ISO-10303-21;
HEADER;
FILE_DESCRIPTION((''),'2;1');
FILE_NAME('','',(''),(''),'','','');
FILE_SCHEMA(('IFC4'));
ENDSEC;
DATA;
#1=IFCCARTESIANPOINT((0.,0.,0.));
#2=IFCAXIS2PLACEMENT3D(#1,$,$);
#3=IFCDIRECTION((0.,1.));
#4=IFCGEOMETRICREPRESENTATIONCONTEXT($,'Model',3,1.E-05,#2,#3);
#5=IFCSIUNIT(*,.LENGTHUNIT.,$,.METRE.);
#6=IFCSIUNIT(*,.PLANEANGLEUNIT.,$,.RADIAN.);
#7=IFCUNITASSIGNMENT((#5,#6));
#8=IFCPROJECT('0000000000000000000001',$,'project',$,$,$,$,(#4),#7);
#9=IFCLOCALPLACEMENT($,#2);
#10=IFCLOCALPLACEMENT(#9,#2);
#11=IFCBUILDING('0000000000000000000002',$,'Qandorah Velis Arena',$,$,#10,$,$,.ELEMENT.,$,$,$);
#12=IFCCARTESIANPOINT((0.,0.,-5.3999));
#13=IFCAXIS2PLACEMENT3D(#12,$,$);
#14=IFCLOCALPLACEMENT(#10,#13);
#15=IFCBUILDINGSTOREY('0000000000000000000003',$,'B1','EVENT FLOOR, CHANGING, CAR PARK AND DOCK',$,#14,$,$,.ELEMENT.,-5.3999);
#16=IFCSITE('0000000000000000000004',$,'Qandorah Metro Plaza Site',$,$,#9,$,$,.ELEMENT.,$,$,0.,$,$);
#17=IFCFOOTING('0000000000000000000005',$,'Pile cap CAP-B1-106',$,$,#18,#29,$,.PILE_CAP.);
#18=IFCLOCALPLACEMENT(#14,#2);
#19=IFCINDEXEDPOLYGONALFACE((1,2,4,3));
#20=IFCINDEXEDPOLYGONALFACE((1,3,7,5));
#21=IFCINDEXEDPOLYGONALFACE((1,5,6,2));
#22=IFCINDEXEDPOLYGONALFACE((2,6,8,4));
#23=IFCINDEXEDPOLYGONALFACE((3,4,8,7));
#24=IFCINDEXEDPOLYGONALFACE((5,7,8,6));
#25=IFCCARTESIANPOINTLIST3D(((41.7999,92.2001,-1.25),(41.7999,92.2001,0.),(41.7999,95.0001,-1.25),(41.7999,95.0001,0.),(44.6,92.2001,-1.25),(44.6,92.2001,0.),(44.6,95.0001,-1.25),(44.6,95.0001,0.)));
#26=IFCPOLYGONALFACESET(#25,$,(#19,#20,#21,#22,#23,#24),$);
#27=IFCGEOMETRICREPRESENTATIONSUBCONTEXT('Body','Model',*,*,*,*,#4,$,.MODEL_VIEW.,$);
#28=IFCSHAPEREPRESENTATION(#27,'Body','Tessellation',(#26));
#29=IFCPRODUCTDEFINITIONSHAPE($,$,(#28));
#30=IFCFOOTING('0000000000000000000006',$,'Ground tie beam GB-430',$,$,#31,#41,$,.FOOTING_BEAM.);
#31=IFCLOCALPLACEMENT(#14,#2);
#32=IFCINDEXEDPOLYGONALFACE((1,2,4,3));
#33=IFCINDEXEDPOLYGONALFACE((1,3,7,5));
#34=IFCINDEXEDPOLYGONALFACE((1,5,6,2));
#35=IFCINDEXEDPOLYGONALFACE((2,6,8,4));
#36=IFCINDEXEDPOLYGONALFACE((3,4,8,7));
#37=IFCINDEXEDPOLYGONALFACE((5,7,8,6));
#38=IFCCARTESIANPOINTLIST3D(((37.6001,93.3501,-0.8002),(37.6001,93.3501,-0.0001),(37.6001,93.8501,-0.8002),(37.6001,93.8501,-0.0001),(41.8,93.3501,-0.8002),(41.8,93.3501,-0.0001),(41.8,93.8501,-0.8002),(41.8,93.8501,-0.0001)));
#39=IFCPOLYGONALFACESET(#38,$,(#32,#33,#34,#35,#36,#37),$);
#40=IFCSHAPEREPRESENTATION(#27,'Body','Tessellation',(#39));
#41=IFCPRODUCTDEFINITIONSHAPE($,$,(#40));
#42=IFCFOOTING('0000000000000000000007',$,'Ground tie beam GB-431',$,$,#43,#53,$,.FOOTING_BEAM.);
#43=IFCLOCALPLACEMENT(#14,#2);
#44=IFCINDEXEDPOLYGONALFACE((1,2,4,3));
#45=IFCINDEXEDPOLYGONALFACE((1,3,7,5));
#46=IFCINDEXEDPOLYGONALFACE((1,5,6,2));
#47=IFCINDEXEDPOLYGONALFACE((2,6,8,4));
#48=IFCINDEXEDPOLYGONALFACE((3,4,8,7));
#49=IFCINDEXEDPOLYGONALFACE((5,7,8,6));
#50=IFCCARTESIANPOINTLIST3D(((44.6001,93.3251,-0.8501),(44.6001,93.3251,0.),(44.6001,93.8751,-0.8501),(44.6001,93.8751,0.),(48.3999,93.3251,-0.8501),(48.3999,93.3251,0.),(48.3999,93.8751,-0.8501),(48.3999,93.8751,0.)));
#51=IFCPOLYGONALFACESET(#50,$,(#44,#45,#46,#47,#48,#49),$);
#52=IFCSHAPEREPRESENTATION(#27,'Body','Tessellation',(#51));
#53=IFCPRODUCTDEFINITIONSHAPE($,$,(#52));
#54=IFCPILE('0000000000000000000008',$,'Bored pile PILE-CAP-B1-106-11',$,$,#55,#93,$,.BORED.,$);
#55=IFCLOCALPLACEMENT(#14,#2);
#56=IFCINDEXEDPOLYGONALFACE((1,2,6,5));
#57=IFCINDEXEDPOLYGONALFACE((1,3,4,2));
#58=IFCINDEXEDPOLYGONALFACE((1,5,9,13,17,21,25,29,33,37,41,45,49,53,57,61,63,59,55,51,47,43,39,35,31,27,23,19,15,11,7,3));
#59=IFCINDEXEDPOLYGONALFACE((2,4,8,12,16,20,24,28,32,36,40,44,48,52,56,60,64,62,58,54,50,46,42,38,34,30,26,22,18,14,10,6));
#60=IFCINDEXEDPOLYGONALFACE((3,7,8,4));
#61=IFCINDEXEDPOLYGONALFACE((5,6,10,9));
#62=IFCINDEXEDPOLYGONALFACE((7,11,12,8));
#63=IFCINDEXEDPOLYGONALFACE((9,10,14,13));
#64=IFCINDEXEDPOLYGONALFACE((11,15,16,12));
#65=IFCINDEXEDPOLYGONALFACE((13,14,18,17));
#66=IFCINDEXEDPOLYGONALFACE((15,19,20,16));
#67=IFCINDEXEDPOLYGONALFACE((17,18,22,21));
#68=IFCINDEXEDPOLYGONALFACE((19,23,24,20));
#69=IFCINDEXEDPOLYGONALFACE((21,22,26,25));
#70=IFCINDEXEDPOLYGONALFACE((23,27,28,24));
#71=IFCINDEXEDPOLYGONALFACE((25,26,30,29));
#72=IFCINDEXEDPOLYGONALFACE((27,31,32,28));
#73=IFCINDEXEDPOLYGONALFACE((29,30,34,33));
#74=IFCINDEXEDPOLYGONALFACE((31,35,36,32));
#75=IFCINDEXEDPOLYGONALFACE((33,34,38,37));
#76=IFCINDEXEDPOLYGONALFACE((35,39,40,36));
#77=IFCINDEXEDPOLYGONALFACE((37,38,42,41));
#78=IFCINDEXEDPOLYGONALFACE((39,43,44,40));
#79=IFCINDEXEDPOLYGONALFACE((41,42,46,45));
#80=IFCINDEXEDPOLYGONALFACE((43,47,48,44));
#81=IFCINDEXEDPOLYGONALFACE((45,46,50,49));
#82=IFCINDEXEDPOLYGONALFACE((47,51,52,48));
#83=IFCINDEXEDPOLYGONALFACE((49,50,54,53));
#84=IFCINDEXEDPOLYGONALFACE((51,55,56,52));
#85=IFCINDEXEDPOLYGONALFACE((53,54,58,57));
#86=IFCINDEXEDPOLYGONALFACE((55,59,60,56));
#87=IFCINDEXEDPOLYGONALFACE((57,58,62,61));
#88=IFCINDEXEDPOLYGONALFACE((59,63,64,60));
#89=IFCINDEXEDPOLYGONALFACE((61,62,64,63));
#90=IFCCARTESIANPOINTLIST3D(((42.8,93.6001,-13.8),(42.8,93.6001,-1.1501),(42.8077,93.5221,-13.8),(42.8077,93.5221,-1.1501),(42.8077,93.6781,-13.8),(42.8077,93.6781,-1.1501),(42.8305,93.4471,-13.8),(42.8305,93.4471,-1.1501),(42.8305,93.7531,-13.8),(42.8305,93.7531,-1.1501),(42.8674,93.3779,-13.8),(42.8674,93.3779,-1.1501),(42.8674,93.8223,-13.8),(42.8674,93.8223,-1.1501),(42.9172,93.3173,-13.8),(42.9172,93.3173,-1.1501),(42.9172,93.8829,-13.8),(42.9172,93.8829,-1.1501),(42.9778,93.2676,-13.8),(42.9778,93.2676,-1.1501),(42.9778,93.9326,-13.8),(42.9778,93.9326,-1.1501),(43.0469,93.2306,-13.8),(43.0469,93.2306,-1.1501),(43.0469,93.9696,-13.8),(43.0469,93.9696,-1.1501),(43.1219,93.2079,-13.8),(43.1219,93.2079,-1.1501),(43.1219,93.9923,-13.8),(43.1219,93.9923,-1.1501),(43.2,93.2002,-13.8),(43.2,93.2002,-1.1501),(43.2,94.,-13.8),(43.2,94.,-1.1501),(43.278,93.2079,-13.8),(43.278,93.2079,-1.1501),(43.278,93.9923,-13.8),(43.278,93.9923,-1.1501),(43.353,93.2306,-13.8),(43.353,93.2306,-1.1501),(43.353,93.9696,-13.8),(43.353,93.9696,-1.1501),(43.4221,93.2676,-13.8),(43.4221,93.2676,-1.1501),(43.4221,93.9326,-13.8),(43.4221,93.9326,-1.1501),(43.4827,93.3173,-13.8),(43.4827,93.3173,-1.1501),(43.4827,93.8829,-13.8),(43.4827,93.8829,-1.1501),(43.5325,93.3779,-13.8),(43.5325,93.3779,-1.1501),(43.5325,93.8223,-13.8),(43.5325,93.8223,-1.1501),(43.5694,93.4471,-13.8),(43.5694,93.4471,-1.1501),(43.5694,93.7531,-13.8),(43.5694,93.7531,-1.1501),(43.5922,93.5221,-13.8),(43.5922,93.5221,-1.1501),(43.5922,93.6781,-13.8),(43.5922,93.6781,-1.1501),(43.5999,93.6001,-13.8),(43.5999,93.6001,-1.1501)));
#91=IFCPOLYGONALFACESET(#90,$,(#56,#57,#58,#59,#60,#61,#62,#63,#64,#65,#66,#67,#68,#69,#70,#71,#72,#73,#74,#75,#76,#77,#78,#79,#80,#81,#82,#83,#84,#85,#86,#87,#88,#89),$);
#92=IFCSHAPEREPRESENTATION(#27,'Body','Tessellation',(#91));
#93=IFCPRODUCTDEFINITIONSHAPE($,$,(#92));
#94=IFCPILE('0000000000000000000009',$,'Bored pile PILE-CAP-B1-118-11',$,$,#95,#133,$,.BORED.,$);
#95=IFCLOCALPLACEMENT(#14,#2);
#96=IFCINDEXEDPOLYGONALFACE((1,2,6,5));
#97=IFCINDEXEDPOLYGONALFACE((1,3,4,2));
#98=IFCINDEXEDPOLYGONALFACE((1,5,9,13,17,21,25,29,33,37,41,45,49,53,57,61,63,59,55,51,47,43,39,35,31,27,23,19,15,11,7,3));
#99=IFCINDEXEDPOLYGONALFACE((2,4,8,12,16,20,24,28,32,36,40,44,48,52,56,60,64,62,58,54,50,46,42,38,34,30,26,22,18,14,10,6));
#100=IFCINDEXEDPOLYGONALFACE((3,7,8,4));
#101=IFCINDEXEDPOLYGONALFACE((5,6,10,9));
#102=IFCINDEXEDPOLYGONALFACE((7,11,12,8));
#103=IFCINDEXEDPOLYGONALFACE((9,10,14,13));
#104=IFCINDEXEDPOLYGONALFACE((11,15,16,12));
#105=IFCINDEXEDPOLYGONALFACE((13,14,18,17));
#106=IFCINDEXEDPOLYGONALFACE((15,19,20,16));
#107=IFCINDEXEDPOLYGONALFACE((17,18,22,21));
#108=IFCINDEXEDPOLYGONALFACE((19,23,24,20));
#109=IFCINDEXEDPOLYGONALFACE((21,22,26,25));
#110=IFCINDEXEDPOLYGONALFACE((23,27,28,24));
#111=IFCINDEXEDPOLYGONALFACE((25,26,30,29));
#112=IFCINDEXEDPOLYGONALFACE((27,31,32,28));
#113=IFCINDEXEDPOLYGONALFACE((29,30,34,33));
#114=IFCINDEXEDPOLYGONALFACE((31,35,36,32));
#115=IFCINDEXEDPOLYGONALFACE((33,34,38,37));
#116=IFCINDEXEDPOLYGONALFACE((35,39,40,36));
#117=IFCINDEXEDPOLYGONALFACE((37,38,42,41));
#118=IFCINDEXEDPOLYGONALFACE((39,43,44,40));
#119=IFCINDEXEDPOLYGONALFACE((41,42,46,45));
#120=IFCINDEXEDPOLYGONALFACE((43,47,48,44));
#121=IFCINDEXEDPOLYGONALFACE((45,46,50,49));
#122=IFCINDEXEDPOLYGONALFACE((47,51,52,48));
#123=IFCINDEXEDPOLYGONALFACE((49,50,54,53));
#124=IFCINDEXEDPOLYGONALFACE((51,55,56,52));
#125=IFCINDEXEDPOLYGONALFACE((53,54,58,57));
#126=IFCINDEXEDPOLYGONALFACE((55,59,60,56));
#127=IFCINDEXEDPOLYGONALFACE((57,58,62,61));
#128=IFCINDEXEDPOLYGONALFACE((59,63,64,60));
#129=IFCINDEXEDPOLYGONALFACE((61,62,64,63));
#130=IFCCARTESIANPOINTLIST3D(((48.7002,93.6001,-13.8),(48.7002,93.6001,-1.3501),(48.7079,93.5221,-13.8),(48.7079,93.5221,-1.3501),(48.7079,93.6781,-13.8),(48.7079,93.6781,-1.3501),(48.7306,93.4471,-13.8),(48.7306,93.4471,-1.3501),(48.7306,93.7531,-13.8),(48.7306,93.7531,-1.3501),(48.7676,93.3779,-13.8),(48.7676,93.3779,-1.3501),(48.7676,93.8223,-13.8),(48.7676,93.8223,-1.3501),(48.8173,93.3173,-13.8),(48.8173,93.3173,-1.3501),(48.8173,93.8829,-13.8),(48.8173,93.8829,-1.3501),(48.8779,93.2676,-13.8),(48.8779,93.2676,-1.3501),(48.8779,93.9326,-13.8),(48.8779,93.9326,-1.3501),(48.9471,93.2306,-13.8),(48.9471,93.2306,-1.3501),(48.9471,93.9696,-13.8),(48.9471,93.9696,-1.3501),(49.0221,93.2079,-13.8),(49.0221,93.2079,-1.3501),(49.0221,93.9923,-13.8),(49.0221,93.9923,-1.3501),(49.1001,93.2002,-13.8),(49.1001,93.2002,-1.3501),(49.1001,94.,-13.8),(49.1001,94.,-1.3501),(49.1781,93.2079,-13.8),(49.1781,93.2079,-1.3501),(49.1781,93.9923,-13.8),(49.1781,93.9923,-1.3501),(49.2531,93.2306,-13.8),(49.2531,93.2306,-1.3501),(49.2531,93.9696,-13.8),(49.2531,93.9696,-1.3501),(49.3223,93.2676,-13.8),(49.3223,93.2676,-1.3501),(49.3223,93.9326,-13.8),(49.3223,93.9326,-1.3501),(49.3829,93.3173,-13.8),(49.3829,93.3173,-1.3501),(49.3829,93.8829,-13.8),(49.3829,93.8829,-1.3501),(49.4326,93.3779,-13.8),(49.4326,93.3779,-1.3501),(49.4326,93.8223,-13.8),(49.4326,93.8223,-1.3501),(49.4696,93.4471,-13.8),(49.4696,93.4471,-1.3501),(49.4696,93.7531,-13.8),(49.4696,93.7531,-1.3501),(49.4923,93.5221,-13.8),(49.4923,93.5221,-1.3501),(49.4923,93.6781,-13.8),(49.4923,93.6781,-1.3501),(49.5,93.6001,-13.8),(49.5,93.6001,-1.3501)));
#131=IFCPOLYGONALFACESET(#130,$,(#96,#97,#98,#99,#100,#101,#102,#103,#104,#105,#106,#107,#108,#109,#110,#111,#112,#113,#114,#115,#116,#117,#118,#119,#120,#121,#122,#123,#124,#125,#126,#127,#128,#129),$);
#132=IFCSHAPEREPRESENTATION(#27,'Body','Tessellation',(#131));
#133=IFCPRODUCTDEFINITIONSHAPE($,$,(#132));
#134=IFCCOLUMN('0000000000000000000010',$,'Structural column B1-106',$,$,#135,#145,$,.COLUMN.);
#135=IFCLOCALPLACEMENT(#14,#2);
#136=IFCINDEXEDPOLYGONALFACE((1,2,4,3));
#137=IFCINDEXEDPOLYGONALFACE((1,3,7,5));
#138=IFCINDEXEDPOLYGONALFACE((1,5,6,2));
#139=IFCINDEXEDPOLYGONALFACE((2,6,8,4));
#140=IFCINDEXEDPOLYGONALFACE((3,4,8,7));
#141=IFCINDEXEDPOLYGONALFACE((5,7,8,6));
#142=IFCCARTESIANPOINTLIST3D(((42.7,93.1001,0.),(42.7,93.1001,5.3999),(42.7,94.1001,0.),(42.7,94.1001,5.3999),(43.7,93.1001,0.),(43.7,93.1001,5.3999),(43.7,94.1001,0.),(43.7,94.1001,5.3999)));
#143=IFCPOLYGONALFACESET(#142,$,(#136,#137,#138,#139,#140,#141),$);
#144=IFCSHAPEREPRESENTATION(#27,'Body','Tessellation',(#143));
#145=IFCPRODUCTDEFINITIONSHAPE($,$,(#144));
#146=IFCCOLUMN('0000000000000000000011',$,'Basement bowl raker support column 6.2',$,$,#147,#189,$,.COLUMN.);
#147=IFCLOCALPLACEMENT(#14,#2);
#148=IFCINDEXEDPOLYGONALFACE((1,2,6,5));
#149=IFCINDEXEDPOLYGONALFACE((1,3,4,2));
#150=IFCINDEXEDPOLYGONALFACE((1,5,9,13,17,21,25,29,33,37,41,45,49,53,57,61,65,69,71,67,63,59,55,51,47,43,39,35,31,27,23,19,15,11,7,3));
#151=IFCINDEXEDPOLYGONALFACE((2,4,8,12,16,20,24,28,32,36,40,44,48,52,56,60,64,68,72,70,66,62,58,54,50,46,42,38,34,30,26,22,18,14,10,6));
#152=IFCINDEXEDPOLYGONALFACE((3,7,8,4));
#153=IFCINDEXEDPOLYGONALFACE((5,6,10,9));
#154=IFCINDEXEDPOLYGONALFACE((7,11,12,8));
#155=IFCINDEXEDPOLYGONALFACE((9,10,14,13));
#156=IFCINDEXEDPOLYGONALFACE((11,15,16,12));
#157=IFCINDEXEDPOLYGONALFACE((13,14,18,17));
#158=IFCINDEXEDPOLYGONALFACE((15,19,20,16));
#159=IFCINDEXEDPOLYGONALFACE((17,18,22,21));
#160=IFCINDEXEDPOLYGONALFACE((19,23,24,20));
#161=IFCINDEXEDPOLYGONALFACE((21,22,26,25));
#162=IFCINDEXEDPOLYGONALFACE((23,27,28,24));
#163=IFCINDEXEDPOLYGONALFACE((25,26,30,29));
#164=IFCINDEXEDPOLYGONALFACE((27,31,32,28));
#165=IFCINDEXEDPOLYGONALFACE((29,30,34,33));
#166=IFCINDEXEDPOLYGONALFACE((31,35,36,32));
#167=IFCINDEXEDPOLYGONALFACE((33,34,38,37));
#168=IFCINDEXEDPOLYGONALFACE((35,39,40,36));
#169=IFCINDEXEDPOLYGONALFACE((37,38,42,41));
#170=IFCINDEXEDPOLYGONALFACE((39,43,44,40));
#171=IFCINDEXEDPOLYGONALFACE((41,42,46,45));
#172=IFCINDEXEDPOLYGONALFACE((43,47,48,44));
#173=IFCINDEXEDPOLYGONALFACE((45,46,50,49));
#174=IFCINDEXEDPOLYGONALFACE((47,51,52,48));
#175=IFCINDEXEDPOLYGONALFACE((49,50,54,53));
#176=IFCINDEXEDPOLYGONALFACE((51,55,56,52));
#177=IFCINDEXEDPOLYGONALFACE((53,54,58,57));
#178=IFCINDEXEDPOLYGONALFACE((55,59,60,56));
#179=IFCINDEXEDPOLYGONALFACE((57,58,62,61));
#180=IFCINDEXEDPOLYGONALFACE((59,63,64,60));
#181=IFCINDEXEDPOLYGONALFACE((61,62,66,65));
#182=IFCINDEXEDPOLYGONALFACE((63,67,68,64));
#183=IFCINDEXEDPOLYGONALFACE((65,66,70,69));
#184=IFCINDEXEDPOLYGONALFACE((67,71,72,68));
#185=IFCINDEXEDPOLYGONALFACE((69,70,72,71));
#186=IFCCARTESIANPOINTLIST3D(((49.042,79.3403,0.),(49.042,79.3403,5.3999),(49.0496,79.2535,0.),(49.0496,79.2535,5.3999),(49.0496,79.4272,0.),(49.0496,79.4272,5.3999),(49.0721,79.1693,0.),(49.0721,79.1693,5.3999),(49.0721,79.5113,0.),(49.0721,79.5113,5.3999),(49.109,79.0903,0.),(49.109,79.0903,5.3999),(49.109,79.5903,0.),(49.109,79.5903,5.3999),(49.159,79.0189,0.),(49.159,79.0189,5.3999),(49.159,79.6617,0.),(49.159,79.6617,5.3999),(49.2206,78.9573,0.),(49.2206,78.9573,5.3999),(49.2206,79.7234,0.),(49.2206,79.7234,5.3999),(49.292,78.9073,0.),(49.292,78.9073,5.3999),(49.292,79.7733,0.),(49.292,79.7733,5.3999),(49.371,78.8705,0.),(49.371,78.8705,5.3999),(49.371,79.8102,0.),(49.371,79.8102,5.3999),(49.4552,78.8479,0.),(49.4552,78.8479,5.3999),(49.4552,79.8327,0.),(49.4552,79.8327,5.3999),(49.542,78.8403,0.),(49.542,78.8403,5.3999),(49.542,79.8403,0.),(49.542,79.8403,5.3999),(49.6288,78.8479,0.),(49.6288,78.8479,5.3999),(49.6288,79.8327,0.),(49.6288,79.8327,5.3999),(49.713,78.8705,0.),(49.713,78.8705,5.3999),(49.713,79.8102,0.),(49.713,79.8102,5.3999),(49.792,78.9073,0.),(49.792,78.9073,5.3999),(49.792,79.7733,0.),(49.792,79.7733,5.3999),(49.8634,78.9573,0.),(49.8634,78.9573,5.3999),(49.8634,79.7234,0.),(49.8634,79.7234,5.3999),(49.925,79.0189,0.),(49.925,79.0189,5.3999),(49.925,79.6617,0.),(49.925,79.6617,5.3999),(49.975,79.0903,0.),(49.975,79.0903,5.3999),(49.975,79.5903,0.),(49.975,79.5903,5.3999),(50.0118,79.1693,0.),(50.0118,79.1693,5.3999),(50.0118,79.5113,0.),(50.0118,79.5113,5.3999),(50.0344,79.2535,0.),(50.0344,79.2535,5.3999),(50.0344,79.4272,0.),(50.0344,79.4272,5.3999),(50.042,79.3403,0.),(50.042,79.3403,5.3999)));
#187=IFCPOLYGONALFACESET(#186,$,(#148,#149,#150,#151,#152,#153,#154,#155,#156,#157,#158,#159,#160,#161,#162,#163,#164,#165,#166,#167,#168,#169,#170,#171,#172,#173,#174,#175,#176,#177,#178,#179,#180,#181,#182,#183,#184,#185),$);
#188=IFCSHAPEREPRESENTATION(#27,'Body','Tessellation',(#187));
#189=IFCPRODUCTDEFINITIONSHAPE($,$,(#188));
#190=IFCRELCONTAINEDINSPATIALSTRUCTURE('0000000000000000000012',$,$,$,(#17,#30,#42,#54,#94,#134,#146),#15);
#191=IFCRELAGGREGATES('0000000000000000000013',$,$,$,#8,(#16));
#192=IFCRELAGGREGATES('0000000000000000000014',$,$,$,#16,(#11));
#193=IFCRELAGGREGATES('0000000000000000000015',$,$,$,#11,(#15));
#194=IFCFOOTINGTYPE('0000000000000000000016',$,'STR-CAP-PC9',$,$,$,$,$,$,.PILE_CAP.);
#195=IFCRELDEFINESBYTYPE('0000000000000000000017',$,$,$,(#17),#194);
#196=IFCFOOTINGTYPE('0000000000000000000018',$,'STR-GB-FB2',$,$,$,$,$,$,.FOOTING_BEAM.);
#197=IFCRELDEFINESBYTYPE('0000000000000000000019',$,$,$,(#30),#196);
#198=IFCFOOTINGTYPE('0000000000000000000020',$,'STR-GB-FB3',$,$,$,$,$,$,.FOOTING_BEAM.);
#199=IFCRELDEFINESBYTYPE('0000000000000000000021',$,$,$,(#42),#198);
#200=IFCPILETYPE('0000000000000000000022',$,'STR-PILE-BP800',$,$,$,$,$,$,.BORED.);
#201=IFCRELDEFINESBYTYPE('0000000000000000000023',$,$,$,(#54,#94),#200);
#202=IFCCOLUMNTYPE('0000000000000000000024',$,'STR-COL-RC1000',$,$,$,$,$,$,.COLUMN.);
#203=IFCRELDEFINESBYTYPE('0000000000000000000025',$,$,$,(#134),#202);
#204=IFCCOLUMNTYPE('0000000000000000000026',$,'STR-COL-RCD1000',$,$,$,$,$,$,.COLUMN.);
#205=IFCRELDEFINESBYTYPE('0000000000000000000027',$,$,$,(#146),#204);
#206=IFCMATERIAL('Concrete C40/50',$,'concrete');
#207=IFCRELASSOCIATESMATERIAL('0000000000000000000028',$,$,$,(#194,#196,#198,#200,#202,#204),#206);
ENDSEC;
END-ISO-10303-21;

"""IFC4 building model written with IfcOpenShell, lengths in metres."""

from ifc_helpers import new_model, si_unit, direction, frame, origin, origin_2d, place, context, subcontext, project, spatial, rectangle, circle, extrude, material, material_profile, profile_set, type_object, element, save


model = new_model("IFC4")

# Units and contexts
model_context = context("Model", 3, precision=1e-05, world=origin(), true_north=direction((0.0, 1.0)))
body_context = subcontext(model_context, "Body", "Model", "MODEL_VIEW")
ifc_project = project(units=[si_unit("LENGTHUNIT", "METRE"), si_unit("PLANEANGLEUNIT", "RADIAN")], contexts=[model_context])

# Site, building, storey
site_placement = place(None, origin())
site = spatial("IfcSite", under=ifc_project, at=site_placement, Name="Qandorah Metro Plaza Site", CompositionType="ELEMENT", RefElevation=0.0)
building_placement = place(site_placement, origin())
building = spatial("IfcBuilding", under=site, at=building_placement, Name="Qandorah Velis Arena", CompositionType="ELEMENT")
storey_placement = place(building_placement, frame((0.0, 0.0, -5.3999)))
storey = spatial("IfcBuildingStorey", under=building, at=storey_placement, Name="B1", Description="EVENT FLOOR, CHANGING, CAR PARK AND DOCK", CompositionType="ELEMENT", Elevation=-5.3999)

# Footings
ifc_material = material(Name="Concrete C40/50", Category="concrete")
footing_type_1 = type_object("IfcFootingType", Name="STR-CAP-PC9", PredefinedType="PILE_CAP", material=ifc_material)
footing_1_placement = place(storey_placement, frame((43.2, 93.6001, -1.25), z_axis=(0.0, 0.0, 1.0), x_axis=(1.0, 0.0, 0.0)))
element("IfcFooting", 1, at=footing_1_placement, inside=storey, type_object=footing_type_1, Name="Pile cap CAP-B1-106", PredefinedType="PILE_CAP", context=body_context, shape_type="SweptSolid", body=[
    extrude(rectangle(XDim=2.8, YDim=2.8, at=origin_2d()), origin(), (0.0, 0.0, 1.0), 1.25),
])
ifc_material_profile_1 = material_profile(ifc_material, rectangle(XDim=0.5, YDim=0.8, at=origin_2d()), Name="GB2 500x800")
ifc_profile_set_1 = profile_set([ifc_material_profile_1], Name="Concrete C40/50")
footing_type_2 = type_object("IfcFootingType", Name="STR-GB-FB2", PredefinedType="FOOTING_BEAM", material=ifc_profile_set_1)
footing_2_placement = place(storey_placement, frame((37.6001, 93.6001, -0.4001), z_axis=(1.0, 0.0, 0.0), x_axis=(0.0, 1.0, 0.0)))
element("IfcFooting", 2, at=footing_2_placement, inside=storey, type_object=footing_type_2, Name="Ground tie beam GB-430", PredefinedType="FOOTING_BEAM", context=body_context, shape_type="SweptSolid", body=[
    extrude(rectangle(XDim=0.5, YDim=0.8, at=origin_2d()), origin(), (0.0, 0.0, 1.0), 4.2),
])
ifc_material_profile_2 = material_profile(ifc_material, rectangle(XDim=0.55, YDim=0.8501, at=origin_2d()), Name="GB3 550x850")
ifc_profile_set_2 = profile_set([ifc_material_profile_2], Name="Concrete C40/50")
footing_type_3 = type_object("IfcFootingType", Name="STR-GB-FB3", PredefinedType="FOOTING_BEAM", material=ifc_profile_set_2)
footing_3_placement = place(storey_placement, frame((44.6001, 93.6001, -0.425), z_axis=(1.0, 0.0, 0.0), x_axis=(0.0, 1.0, 0.0)))
element("IfcFooting", 3, at=footing_3_placement, inside=storey, type_object=footing_type_3, Name="Ground tie beam GB-431", PredefinedType="FOOTING_BEAM", context=body_context, shape_type="SweptSolid", body=[
    extrude(rectangle(XDim=0.55, YDim=0.8501, at=origin_2d()), origin(), (0.0, 0.0, 1.0), 3.7998),
])

# Piles
ifc_material_profile_3 = material_profile(ifc_material, circle(Radius=0.3999, at=origin_2d()), Name="BORED PILE D800")
ifc_profile_set_3 = profile_set([ifc_material_profile_3], Name="Concrete C40/50")
pile_type = type_object("IfcPileType", Name="STR-PILE-BP800", PredefinedType="BORED", material=ifc_profile_set_3)
pile_1_placement = place(storey_placement, frame((43.2, 93.6001, -1.1501), z_axis=(0.0, 0.0, -1.0), x_axis=(1.0, 0.0, 0.0)))
element("IfcPile", 4, at=pile_1_placement, inside=storey, type_object=pile_type, Name="Bored pile PILE-CAP-B1-106-11", PredefinedType="BORED", context=body_context, shape_type="SweptSolid", body=[
    extrude(circle(Radius=0.3999, at=origin_2d()), origin(), (0.0, 0.0, 1.0), 12.6499),
])
pile_2_placement = place(storey_placement, frame((49.1001, 93.6001, -1.3501), z_axis=(0.0, 0.0, -1.0), x_axis=(1.0, 0.0, 0.0)))
element("IfcPile", 5, at=pile_2_placement, inside=storey, type_object=pile_type, Name="Bored pile PILE-CAP-B1-118-11", PredefinedType="BORED", context=body_context, shape_type="SweptSolid", body=[
    extrude(circle(Radius=0.3999, at=origin_2d()), origin(), (0.0, 0.0, 1.0), 12.45),
])

# Columns
ifc_material_profile_4 = material_profile(ifc_material, rectangle(XDim=1.0, YDim=1.0, at=origin_2d()), Name="RC COL 1000x1000")
ifc_profile_set_4 = profile_set([ifc_material_profile_4], Name="Concrete C40/50")
column_type_1 = type_object("IfcColumnType", Name="STR-COL-RC1000", PredefinedType="COLUMN", material=ifc_profile_set_4)
column_1_placement = place(storey_placement, frame((43.2, 93.6001, 0.0), z_axis=(0.0, 0.0, 1.0), x_axis=(1.0, 0.0, 0.0)))
element("IfcColumn", 6, at=column_1_placement, inside=storey, type_object=column_type_1, Name="Structural column B1-106", PredefinedType="COLUMN", context=body_context, shape_type="SweptSolid", body=[
    extrude(rectangle(XDim=1.0, YDim=1.0, at=origin_2d()), origin(), (0.0, 0.0, 1.0), 5.3999),
])
ifc_material_profile_5 = material_profile(ifc_material, circle(Radius=0.5, at=origin_2d()), Name="RC D1000")
ifc_profile_set_5 = profile_set([ifc_material_profile_5], Name="Concrete C40/50")
column_type_2 = type_object("IfcColumnType", Name="STR-COL-RCD1000", PredefinedType="COLUMN", material=ifc_profile_set_5)
for number, where, z_axis, x_axis, name in (
    (7, (49.542, 79.3403, 0.0), (0.0, 0.0, 1.0), (1.0, 0.0, 0.0), "Basement bowl raker support column 6.2"),
):
    element("IfcColumn", number, at=place(storey_placement, frame(where, z_axis=z_axis, x_axis=x_axis)), inside=storey, type_object=column_type_2, Name=name, PredefinedType="COLUMN", context=body_context, shape_type="SweptSolid", body=[
        extrude(circle(Radius=0.5, at=origin_2d()), origin(), (0.0, 0.0, 1.0), 5.3999),
    ])

save(model, "model.ifc")
